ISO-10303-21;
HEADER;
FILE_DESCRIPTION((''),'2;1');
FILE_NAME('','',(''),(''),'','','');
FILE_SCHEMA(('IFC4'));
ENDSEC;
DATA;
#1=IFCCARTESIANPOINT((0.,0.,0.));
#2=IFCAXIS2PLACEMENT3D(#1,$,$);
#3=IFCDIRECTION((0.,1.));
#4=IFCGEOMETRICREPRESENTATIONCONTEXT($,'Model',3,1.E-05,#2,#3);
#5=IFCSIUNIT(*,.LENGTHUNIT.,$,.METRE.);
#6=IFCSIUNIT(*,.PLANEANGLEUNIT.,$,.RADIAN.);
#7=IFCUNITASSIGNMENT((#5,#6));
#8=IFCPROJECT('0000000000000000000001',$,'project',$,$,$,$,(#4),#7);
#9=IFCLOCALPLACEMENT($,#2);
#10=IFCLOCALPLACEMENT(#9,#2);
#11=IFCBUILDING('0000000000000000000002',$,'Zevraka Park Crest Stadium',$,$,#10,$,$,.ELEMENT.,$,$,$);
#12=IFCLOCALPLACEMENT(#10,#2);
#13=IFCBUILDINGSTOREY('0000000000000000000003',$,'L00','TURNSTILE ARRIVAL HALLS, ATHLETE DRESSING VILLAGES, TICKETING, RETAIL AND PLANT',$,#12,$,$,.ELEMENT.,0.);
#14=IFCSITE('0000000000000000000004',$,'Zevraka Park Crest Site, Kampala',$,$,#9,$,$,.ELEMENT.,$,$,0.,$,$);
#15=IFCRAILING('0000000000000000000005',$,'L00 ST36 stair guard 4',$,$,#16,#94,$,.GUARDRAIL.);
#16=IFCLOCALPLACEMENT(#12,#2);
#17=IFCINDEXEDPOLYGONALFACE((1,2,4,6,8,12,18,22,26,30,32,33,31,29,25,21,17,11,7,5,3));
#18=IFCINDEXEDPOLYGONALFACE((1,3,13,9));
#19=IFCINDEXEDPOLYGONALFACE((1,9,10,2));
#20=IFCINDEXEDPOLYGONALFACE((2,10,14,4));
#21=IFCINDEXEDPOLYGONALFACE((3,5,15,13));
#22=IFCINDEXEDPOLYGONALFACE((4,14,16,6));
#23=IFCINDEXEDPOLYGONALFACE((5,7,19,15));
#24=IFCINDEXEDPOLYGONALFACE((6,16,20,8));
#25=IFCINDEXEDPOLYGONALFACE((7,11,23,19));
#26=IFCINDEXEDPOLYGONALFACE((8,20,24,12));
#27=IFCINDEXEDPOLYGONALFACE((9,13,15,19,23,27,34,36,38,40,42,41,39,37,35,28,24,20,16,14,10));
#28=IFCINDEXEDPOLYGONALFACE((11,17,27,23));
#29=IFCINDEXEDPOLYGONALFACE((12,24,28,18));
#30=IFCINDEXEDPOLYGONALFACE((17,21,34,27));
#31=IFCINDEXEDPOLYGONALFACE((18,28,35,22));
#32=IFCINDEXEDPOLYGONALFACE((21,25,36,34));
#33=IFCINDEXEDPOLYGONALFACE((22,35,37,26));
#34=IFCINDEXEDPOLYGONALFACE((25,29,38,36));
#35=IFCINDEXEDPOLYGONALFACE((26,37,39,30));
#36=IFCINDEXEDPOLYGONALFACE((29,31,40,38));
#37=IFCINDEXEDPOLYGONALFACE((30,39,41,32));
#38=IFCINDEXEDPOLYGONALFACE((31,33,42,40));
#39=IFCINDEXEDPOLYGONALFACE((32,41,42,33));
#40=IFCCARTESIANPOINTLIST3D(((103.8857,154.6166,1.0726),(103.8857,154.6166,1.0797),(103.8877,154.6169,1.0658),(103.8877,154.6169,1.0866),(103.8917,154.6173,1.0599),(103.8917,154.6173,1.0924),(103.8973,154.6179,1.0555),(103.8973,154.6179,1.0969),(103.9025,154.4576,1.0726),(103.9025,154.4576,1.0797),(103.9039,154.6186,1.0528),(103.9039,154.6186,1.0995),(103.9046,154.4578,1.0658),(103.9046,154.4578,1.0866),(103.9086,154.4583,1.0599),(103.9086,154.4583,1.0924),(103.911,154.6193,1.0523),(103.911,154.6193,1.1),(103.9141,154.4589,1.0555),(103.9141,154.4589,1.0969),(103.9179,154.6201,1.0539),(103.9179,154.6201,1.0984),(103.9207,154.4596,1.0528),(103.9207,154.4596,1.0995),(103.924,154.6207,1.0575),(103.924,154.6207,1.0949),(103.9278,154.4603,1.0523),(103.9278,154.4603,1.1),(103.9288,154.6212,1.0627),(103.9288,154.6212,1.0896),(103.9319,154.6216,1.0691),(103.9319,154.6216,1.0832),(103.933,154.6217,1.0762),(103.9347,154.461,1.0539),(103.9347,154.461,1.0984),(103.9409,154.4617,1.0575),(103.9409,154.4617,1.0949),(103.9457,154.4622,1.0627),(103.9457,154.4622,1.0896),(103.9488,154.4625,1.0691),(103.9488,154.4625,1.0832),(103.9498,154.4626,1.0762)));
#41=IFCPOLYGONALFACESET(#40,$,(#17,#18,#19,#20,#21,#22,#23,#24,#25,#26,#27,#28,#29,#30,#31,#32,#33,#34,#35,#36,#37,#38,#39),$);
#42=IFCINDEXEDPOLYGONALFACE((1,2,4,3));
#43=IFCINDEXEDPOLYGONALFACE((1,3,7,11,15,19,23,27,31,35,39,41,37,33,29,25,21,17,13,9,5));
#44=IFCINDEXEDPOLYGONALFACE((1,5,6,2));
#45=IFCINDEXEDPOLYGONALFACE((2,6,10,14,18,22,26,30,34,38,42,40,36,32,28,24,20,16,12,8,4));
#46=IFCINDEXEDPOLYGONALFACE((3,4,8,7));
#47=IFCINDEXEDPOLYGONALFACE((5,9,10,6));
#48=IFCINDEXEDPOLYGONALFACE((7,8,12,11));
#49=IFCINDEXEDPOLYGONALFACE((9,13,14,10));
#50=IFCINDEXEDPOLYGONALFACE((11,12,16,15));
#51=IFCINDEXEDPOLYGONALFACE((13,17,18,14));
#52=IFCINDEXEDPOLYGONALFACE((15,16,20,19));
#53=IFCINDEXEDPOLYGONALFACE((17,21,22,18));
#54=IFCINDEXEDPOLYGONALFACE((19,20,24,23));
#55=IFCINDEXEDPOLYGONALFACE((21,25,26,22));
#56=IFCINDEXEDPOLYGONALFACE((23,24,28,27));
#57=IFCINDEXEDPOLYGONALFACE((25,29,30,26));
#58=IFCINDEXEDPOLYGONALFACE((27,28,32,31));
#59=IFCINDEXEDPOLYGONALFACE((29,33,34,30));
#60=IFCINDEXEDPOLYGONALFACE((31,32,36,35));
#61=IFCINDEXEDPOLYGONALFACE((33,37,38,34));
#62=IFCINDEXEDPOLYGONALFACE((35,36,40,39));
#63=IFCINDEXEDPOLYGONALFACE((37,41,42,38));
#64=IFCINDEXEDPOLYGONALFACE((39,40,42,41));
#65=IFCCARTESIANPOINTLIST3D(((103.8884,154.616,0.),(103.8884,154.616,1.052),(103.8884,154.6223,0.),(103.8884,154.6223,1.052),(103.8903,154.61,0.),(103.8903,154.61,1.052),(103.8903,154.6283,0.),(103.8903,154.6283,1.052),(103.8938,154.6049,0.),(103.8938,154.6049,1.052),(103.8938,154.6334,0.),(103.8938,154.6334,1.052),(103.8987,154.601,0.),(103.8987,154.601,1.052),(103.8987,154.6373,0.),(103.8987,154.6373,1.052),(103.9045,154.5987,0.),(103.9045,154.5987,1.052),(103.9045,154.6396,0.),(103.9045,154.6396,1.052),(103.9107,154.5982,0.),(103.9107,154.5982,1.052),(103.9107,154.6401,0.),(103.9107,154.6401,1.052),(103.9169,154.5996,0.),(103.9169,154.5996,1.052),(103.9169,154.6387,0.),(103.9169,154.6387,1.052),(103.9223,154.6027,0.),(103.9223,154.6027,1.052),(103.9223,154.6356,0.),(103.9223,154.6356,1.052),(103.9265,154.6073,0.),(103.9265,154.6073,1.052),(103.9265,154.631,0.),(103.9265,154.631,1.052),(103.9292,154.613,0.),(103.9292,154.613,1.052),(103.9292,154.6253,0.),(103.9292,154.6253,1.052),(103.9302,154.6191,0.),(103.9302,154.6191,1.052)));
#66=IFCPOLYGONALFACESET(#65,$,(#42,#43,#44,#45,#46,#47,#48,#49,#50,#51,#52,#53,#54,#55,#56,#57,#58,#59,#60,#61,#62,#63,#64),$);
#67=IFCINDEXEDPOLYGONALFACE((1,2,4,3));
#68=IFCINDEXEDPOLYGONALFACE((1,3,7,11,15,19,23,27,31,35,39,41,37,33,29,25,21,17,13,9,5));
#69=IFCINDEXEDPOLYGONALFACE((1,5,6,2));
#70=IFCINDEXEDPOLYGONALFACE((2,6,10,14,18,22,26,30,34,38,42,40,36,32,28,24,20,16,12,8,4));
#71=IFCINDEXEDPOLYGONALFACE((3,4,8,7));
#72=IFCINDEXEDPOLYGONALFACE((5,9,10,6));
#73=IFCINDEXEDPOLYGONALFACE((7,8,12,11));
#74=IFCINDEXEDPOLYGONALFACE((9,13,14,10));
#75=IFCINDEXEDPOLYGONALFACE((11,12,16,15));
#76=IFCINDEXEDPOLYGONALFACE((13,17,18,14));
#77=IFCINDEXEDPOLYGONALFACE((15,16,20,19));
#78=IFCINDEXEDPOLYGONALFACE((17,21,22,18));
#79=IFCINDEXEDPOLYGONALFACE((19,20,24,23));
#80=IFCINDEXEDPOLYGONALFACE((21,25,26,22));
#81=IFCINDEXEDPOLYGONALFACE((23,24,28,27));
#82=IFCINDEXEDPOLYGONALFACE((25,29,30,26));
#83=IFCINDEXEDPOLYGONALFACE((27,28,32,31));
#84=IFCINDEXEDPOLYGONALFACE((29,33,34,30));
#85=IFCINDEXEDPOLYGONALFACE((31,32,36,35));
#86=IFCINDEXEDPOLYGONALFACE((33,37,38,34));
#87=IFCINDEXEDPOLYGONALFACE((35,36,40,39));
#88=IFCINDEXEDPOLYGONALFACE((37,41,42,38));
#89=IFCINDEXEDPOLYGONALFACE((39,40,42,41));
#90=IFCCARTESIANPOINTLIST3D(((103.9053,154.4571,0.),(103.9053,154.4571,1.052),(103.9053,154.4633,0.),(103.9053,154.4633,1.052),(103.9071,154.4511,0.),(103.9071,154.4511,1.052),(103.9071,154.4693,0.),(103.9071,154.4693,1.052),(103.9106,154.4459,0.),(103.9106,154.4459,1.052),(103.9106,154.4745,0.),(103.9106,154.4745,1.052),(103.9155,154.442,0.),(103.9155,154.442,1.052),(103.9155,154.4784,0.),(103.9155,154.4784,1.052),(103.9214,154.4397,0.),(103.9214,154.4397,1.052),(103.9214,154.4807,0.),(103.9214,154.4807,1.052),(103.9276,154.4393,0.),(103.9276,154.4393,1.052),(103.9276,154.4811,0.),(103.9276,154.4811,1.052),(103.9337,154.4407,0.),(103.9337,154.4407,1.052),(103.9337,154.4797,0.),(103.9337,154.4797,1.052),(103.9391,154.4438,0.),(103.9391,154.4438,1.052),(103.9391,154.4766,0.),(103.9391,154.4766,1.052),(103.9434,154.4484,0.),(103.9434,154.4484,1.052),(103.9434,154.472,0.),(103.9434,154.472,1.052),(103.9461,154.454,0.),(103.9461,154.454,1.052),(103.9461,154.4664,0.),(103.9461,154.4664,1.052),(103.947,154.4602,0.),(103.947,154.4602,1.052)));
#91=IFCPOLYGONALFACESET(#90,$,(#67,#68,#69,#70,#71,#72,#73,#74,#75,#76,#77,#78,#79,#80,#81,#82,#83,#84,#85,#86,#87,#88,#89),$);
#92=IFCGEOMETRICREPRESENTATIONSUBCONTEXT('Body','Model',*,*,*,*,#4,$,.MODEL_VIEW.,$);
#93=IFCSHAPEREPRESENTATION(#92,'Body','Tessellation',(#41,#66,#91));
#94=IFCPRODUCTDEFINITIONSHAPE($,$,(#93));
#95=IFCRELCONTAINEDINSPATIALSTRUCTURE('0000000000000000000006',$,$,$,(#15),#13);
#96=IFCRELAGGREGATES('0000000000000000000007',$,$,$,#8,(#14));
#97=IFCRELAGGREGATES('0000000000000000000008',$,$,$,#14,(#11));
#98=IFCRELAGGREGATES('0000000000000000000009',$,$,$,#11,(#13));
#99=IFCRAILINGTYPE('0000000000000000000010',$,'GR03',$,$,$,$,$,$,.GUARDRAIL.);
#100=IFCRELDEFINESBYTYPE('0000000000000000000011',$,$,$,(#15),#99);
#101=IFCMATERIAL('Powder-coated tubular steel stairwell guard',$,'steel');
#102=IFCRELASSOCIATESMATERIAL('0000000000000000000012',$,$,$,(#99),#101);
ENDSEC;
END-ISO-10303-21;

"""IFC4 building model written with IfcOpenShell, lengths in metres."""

from ifc_helpers import new_model, si_unit, direction, frame, origin, origin_2d, place, context, subcontext, project, spatial, circle, extrude, material, type_object, element, save


model = new_model("IFC4")

# Units and contexts
model_context = context("Model", 3, precision=1e-05, world=origin(), true_north=direction((0.0, 1.0)))
body_context = subcontext(model_context, "Body", "Model", "MODEL_VIEW")
ifc_project = project(units=[si_unit("LENGTHUNIT", "METRE"), si_unit("PLANEANGLEUNIT", "RADIAN")], contexts=[model_context])

# Site, building, storey
site_placement = place(None, origin())
site = spatial("IfcSite", under=ifc_project, at=site_placement, Name="Zevraka Park Crest Site, Kampala", CompositionType="ELEMENT", RefElevation=0.0)
building_placement = place(site_placement, origin())
building = spatial("IfcBuilding", under=site, at=building_placement, Name="Zevraka Park Crest Stadium", CompositionType="ELEMENT")
storey_placement = place(building_placement, origin())
storey = spatial("IfcBuildingStorey", under=building, at=storey_placement, Name="L00", Description="TURNSTILE ARRIVAL HALLS, ATHLETE DRESSING VILLAGES, TICKETING, RETAIL AND PLANT", CompositionType="ELEMENT", Elevation=0.0)

# Railing
ifc_material_1 = material(Name="Powder-coated tubular steel stairwell guard", Category="steel")
railing_type_1 = type_object("IfcRailingType", Name="GR03", PredefinedType="GUARDRAIL", material=ifc_material_1)
railing_1_placement = place(storey_placement, frame((103.9092, 154.6191, 0.0)))
element("IfcRailing", 1, at=railing_1_placement, inside=storey, type_object=railing_type_1, Name="L00 ST36 stair guard 4", PredefinedType="GUARDRAIL", context=body_context, shape_type="SweptSolid", body=[
    extrude(circle(Radius=0.0239, at=origin_2d()), frame((0.0, 0.0, 1.0762), z_axis=(0.1054, -0.99443, 0.0), x_axis=(0.99443, 0.1054, 0.0)), (0.0, 0.0, 1.0), 0.1599),
    extrude(circle(Radius=0.021, at=origin_2d()), origin(), (0.0, 0.0, 1.0), 1.052),
    extrude(circle(Radius=0.021, at=origin_2d()), frame((0.0168, -0.1589, 0.0)), (0.0, 0.0, 1.0), 1.052),
])

save(model, "model.ifc")
